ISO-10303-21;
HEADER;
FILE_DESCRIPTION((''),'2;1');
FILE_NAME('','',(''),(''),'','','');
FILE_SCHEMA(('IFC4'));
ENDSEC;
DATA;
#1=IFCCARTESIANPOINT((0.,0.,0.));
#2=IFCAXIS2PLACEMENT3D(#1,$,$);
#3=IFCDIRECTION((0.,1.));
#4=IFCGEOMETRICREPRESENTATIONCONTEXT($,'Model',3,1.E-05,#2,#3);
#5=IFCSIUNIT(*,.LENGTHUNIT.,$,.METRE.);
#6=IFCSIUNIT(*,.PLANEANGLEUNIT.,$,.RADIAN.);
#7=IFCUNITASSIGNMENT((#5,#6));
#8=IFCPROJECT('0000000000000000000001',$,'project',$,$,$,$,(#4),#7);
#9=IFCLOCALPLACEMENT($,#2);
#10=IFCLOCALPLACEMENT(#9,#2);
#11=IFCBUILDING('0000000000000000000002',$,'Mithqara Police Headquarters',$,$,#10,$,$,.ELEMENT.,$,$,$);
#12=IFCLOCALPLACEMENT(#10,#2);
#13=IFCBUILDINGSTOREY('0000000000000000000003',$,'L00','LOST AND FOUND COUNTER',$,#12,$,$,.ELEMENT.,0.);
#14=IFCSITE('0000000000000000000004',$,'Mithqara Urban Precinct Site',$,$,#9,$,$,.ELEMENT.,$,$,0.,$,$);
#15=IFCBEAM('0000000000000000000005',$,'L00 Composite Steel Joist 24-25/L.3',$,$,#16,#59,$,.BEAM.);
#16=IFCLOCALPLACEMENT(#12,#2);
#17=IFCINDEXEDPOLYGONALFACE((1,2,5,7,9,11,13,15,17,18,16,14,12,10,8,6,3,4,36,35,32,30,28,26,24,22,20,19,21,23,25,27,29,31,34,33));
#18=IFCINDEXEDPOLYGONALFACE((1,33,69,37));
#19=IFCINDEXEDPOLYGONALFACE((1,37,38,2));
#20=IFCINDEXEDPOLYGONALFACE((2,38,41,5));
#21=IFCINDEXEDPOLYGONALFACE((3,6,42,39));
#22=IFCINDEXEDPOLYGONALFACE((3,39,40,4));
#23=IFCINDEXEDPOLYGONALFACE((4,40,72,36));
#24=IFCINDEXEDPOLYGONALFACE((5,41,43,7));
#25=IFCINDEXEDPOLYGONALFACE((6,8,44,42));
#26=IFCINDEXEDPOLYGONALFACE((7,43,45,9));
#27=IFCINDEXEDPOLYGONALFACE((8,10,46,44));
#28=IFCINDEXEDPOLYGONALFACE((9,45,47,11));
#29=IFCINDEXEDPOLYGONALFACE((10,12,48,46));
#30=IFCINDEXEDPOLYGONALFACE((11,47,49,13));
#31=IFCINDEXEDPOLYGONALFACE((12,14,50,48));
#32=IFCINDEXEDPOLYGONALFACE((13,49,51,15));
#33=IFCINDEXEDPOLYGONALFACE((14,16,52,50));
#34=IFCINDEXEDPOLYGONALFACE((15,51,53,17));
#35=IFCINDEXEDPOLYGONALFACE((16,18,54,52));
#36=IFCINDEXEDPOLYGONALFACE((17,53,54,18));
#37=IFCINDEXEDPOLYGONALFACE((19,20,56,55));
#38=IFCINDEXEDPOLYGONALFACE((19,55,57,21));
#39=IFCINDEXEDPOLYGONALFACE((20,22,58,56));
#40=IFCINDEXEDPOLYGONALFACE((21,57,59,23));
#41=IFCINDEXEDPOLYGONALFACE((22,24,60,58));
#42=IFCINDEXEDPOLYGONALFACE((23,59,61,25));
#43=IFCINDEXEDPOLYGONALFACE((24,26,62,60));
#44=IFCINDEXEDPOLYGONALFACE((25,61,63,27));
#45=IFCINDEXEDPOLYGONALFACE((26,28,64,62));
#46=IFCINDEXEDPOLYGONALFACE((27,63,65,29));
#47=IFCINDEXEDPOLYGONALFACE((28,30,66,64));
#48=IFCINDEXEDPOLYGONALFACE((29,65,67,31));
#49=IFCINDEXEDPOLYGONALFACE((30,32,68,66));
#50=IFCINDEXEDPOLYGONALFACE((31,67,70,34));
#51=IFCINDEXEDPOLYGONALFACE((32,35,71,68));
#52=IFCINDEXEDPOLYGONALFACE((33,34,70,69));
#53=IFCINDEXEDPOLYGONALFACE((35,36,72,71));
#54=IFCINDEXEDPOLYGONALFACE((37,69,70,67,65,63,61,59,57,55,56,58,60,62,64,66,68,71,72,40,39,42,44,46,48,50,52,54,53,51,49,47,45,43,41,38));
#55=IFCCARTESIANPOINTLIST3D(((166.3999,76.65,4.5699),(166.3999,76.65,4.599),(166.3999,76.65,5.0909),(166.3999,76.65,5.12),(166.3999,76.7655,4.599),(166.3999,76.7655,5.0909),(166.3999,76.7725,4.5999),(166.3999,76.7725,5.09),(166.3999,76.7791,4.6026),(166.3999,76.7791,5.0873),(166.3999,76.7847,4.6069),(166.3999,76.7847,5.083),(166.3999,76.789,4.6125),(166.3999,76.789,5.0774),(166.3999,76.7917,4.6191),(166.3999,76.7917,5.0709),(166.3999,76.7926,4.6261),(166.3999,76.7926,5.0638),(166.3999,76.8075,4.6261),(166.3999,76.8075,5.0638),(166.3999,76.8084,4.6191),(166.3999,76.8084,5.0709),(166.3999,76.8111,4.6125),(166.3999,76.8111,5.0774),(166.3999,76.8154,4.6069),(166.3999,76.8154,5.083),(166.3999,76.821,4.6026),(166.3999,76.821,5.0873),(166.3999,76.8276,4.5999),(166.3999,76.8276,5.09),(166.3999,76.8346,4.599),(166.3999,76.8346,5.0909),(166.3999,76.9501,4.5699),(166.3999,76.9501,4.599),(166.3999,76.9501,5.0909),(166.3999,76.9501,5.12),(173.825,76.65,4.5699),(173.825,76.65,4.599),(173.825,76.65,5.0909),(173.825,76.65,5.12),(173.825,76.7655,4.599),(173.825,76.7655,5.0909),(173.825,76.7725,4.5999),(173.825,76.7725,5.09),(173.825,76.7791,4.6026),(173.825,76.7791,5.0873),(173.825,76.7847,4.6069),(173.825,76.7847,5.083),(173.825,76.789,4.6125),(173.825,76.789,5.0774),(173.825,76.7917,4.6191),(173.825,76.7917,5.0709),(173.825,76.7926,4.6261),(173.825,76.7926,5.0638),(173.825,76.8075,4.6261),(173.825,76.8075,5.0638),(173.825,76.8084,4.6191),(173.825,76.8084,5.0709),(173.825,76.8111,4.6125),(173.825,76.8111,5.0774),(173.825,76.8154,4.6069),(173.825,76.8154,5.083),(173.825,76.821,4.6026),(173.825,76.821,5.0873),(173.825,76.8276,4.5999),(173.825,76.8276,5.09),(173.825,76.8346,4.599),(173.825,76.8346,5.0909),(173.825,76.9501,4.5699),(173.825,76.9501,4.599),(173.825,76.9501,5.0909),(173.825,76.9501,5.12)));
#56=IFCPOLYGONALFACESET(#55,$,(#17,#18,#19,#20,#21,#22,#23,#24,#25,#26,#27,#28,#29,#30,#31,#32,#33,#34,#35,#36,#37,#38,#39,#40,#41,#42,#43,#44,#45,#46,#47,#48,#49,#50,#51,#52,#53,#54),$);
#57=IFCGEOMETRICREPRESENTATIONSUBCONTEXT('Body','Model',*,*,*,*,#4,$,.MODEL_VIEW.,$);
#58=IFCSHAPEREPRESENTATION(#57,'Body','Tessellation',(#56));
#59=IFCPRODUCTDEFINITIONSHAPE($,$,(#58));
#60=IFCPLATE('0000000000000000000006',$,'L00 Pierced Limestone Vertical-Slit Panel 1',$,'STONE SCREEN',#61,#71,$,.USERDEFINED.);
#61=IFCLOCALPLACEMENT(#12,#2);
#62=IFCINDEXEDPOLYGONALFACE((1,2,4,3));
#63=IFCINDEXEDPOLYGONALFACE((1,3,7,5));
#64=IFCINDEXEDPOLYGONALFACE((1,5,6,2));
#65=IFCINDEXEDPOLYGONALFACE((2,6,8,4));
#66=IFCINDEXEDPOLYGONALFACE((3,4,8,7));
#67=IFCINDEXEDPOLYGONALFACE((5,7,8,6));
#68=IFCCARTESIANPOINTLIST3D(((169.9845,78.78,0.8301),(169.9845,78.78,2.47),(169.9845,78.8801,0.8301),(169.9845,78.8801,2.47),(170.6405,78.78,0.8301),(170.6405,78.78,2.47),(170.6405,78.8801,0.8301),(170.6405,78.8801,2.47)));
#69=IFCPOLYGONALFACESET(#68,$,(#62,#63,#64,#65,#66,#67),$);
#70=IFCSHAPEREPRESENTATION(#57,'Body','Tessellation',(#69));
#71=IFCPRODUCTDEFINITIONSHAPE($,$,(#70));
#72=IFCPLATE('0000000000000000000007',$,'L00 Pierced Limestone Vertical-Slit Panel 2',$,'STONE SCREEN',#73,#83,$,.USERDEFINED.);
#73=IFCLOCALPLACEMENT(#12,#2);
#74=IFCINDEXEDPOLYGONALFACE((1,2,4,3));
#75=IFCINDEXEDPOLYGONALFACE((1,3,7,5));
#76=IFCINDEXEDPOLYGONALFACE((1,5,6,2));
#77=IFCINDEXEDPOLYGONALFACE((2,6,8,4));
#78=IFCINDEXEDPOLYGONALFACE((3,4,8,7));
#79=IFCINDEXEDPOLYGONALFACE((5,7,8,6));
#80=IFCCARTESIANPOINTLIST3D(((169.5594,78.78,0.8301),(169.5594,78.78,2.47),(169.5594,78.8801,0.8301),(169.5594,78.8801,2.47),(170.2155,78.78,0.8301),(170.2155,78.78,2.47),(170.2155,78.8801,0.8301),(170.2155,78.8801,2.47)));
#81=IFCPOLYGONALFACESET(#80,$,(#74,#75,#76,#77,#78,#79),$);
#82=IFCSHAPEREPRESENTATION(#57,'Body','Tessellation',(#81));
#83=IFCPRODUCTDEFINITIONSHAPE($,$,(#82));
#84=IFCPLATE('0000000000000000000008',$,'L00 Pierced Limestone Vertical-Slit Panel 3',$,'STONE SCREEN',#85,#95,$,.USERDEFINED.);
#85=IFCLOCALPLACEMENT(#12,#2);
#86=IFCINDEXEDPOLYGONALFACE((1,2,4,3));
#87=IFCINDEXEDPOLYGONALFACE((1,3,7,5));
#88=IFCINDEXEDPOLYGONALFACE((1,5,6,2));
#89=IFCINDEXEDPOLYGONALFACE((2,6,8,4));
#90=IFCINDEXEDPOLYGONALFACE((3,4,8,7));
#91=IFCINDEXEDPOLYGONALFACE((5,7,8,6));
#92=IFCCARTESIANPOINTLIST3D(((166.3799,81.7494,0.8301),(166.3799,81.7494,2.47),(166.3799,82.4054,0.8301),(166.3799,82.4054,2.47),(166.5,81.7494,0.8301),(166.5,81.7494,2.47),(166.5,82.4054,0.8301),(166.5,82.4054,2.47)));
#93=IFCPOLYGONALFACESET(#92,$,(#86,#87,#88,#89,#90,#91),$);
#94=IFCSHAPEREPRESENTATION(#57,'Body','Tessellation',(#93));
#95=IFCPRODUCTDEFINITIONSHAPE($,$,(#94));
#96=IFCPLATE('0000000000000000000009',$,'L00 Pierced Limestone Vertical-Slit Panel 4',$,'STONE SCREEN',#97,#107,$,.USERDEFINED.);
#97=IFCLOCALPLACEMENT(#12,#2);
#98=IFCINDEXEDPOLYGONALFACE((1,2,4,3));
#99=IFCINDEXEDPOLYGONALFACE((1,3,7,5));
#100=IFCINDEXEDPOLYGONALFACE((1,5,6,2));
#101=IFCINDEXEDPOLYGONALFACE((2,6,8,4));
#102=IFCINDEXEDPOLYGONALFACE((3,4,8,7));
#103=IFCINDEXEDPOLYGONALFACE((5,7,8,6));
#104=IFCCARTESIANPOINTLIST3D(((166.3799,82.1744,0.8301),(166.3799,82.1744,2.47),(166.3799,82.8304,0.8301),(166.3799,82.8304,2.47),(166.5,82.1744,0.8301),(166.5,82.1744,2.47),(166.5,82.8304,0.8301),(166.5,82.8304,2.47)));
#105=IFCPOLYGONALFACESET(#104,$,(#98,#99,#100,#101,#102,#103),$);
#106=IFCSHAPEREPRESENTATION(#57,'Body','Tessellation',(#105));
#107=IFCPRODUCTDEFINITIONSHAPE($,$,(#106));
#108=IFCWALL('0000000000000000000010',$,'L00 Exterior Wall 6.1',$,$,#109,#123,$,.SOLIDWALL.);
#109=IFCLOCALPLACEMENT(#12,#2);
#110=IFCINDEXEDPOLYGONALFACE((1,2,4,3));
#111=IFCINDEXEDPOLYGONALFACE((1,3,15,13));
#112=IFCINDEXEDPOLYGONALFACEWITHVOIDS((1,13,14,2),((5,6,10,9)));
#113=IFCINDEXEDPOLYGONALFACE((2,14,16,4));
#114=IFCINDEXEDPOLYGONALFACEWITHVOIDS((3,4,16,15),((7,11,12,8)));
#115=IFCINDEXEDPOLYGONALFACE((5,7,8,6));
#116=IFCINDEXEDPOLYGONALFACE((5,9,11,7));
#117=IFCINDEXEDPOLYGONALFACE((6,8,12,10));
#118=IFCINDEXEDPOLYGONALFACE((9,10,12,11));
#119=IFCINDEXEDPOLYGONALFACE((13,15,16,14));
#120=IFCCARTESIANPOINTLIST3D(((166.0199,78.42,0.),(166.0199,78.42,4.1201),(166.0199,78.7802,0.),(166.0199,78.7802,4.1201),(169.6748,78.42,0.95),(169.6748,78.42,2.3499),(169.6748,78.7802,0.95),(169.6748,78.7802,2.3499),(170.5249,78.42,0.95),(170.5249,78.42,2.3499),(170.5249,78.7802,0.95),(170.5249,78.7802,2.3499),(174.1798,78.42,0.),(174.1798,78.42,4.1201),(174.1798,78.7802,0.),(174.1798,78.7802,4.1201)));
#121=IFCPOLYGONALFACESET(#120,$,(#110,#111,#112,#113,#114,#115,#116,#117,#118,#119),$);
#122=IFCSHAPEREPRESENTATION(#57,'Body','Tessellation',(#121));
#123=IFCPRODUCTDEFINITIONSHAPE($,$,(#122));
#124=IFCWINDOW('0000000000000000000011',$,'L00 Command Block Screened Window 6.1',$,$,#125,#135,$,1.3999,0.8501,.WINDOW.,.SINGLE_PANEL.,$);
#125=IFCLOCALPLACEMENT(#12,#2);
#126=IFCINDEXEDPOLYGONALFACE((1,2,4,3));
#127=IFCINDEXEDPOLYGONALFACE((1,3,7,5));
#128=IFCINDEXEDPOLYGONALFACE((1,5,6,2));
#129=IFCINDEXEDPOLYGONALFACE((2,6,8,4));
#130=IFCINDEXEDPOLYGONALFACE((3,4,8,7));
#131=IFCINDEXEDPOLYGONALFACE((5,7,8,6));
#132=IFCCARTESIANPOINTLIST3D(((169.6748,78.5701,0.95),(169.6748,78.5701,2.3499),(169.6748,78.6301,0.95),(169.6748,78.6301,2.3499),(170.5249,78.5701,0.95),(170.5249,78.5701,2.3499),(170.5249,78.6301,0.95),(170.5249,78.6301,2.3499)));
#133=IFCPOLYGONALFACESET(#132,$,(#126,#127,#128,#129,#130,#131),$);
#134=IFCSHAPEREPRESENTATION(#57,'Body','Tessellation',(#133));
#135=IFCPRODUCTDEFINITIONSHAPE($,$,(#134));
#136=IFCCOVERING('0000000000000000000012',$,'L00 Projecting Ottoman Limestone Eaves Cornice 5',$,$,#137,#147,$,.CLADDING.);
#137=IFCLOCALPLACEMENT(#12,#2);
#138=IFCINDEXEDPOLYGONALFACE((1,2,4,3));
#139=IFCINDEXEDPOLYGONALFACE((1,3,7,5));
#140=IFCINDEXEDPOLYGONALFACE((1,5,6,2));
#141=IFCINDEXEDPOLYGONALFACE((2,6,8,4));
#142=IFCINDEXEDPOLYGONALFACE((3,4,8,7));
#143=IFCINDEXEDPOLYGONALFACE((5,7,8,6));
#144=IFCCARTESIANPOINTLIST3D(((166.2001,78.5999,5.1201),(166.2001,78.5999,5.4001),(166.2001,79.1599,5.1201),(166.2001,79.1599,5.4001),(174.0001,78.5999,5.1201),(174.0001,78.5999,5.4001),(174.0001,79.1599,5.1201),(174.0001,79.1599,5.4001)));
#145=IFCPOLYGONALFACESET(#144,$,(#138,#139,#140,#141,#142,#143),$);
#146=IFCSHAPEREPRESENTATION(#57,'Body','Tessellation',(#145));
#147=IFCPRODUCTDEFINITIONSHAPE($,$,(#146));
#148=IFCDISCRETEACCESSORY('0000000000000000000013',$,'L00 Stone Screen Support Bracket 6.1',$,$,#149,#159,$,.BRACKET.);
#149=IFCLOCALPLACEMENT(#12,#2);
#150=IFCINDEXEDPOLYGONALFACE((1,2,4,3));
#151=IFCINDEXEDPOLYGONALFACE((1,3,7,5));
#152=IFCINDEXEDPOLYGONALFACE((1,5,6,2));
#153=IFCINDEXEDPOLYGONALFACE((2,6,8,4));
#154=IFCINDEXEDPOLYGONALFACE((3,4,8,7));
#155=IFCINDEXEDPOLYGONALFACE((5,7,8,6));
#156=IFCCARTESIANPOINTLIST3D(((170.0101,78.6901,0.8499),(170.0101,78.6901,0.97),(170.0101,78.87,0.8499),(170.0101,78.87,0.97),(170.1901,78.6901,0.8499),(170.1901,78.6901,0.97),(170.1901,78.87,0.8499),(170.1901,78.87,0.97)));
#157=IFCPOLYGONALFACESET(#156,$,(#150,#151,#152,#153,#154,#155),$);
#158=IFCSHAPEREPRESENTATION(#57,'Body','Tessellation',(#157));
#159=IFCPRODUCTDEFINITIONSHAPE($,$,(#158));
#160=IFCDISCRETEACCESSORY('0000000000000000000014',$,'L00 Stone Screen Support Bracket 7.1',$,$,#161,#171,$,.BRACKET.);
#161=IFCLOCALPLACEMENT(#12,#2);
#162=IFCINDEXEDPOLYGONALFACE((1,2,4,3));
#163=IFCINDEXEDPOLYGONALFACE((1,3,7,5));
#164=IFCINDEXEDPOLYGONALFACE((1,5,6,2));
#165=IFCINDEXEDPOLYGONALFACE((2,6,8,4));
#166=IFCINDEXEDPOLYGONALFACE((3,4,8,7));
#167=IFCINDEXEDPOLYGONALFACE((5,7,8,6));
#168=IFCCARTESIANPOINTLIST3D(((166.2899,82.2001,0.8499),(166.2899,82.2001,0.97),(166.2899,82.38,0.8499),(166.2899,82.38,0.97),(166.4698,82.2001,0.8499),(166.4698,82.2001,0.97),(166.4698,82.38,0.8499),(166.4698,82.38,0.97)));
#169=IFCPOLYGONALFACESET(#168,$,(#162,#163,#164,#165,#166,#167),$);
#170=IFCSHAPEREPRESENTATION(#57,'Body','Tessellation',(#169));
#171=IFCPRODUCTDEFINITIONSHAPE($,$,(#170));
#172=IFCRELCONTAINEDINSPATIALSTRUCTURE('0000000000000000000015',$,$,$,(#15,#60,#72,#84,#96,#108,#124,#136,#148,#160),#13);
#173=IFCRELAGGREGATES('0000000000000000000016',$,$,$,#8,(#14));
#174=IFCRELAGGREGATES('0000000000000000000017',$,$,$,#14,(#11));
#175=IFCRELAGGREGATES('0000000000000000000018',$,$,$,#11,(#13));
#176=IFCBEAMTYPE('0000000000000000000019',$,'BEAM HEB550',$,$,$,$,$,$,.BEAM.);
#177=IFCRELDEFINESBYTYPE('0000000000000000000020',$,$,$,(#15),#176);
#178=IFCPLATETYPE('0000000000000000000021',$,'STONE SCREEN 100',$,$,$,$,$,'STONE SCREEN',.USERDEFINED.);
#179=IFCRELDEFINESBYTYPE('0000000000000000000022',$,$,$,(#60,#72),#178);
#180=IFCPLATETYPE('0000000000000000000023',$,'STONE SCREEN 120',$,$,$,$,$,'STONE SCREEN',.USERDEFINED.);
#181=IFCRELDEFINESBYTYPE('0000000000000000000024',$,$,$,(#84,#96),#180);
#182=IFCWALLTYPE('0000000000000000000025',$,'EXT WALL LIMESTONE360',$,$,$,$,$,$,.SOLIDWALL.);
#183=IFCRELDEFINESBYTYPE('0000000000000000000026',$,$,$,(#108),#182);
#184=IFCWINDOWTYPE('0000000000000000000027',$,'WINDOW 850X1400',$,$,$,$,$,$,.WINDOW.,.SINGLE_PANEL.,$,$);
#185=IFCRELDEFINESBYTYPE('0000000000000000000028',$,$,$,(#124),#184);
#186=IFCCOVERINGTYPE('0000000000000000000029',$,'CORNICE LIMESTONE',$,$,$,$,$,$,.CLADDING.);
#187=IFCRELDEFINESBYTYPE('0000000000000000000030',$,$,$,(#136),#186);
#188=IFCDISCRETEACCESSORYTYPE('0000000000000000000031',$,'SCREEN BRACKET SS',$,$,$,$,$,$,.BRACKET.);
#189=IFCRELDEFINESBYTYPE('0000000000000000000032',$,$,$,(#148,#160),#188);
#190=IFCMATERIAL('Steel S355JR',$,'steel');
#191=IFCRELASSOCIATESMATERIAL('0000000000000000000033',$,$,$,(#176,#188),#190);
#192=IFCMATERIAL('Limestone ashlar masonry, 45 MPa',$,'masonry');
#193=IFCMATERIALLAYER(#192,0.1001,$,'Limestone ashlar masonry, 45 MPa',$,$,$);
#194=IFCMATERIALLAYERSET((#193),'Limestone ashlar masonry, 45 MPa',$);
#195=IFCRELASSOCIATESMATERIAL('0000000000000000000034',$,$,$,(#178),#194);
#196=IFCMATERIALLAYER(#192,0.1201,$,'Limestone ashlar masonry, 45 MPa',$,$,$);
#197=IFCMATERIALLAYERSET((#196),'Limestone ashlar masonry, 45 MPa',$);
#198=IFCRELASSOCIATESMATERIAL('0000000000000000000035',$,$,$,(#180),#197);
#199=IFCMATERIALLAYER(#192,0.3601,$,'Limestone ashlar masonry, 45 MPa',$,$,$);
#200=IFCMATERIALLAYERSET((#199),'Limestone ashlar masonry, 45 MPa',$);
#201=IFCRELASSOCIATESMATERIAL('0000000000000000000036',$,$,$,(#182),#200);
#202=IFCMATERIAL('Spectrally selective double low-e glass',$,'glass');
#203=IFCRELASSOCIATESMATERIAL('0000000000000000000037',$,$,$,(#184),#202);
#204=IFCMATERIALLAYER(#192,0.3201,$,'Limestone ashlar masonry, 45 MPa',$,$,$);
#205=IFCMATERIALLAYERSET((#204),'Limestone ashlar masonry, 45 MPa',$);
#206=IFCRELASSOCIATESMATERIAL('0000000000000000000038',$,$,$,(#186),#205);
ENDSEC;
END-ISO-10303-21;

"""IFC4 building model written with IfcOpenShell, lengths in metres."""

from ifc_helpers import new_model, si_unit, direction, frame, frame_2d, origin, origin_2d, place, context, subcontext, project, spatial, rectangle, i_section, extrude, material, layer, layer_set, material_profile, profile_set, type_object, element, fill, save


model = new_model("IFC4")

# Units and contexts
model_context = context("Model", 3, precision=1e-05, world=origin(), true_north=direction((0.0, 1.0)))
body_context = subcontext(model_context, "Body", "Model", "MODEL_VIEW")
ifc_project = project(units=[si_unit("LENGTHUNIT", "METRE"), si_unit("PLANEANGLEUNIT", "RADIAN")], contexts=[model_context])

# Site, building, storey
site_placement = place(None, origin())
site = spatial("IfcSite", under=ifc_project, at=site_placement, Name="Mithqara Urban Precinct Site", CompositionType="ELEMENT", RefElevation=0.0)
building_placement = place(site_placement, origin())
building = spatial("IfcBuilding", under=site, at=building_placement, Name="Mithqara Police Headquarters", CompositionType="ELEMENT")
storey_placement = place(building_placement, origin())
storey = spatial("IfcBuildingStorey", under=building, at=storey_placement, Name="L00", Description="LOST AND FOUND COUNTER", CompositionType="ELEMENT", Elevation=0.0)

# Beam
ifc_material_1 = material(Name="Steel S355JR", Category="steel")
ifc_material_profile_1 = material_profile(ifc_material_1, i_section(OverallWidth=0.3, OverallDepth=0.55, WebThickness=0.0149, FlangeThickness=0.0291, FilletRadius=0.0271, at=origin_2d()), Name="HEB 550")
ifc_profile_set_1 = profile_set([ifc_material_profile_1], Name="Steel S355JR")
beam_type = type_object("IfcBeamType", Name="BEAM HEB550", PredefinedType="BEAM", material=ifc_profile_set_1)
for number, where, z_axis, x_axis, name in (
    (1, (166.3999, 76.8, 4.845), (1.0, 0.0, 0.0), (0.0, 1.0, 0.0), "L00 Composite Steel Joist 24-25/L.3"),
):
    element("IfcBeam", number, at=place(storey_placement, frame(where, z_axis=z_axis, x_axis=x_axis)), inside=storey, type_object=beam_type, Name=name, PredefinedType="BEAM", context=body_context, shape_type="SweptSolid", body=[
        extrude(i_section(OverallWidth=0.3, OverallDepth=0.55, WebThickness=0.0149, FlangeThickness=0.0291, FilletRadius=0.0271, at=origin_2d()), origin(), (0.0, 0.0, 1.0), 7.425),
    ])

# Plates
ifc_material_2 = material(Name="Limestone ashlar masonry, 45 MPa", Category="masonry")
ifc_layer_1 = layer(ifc_material_2, 0.1001, Name="Limestone ashlar masonry, 45 MPa")
ifc_layer_set_1 = layer_set([ifc_layer_1], Name="Limestone ashlar masonry, 45 MPa")
plate_type_1 = type_object("IfcPlateType", Name="STONE SCREEN 100", ElementType="STONE SCREEN", PredefinedType="USERDEFINED", material=ifc_layer_set_1)
for number, where, z_axis, x_axis, name in (
    (2, (170.3125, 78.8301, 0.8301), (0.0, 0.0, 1.0), (1.0, 0.0, 0.0), "L00 Pierced Limestone Vertical-Slit Panel 1"),
    (3, (169.8875, 78.8301, 0.8301), (0.0, 0.0, 1.0), (1.0, 0.0, 0.0), "L00 Pierced Limestone Vertical-Slit Panel 2"),
):
    element("IfcPlate", number, at=place(storey_placement, frame(where, z_axis=z_axis, x_axis=x_axis)), inside=storey, type_object=plate_type_1, Name=name, ObjectType="STONE SCREEN", PredefinedType="USERDEFINED", context=body_context, shape_type="SweptSolid", body=[
        extrude(rectangle(XDim=0.656, YDim=0.1001, at=origin_2d()), origin(), (0.0, 0.0, 1.0), 1.6399),
    ])
ifc_layer_2 = layer(ifc_material_2, 0.1201, Name="Limestone ashlar masonry, 45 MPa")
ifc_layer_set_2 = layer_set([ifc_layer_2], Name="Limestone ashlar masonry, 45 MPa")
plate_type_2 = type_object("IfcPlateType", Name="STONE SCREEN 120", ElementType="STONE SCREEN", PredefinedType="USERDEFINED", material=ifc_layer_set_2)
for number, where, z_axis, x_axis, name in (
    (4, (166.4399, 82.0774, 0.8301), (0.0, 0.0, 1.0), (0.0, 1.0, 0.0), "L00 Pierced Limestone Vertical-Slit Panel 3"),
    (5, (166.4399, 82.5024, 0.8301), (0.0, 0.0, 1.0), (0.0, 1.0, 0.0), "L00 Pierced Limestone Vertical-Slit Panel 4"),
):
    element("IfcPlate", number, at=place(storey_placement, frame(where, z_axis=z_axis, x_axis=x_axis)), inside=storey, type_object=plate_type_2, Name=name, ObjectType="STONE SCREEN", PredefinedType="USERDEFINED", context=body_context, shape_type="SweptSolid", body=[
        extrude(rectangle(XDim=0.656, YDim=0.1201, at=origin_2d()), origin(), (0.0, 0.0, 1.0), 1.6399),
    ])

# Wall, opening, window
ifc_layer_3 = layer(ifc_material_2, 0.3601, Name="Limestone ashlar masonry, 45 MPa")
ifc_layer_set_3 = layer_set([ifc_layer_3], Name="Limestone ashlar masonry, 45 MPa")
wall_type = type_object("IfcWallType", Name="EXT WALL LIMESTONE360", PredefinedType="SOLIDWALL", material=ifc_layer_set_3)
wall_placement = place(storey_placement, frame((174.1799, 78.6001, 0.0), z_axis=(0.0, 0.0, 1.0), x_axis=(-1.0, 0.0, 0.0)))
wall = element("IfcWall", 6, at=wall_placement, inside=storey, type_object=wall_type, Name="L00 Exterior Wall 6.1", PredefinedType="SOLIDWALL", context=body_context, shape_type="SweptSolid", body=[
    extrude(rectangle(XDim=8.1599, YDim=0.3601, at=frame_2d((4.0801, 0.0))), origin(), (0.0, 0.0, 1.0), 4.1201),
])
opening_placement = place(wall_placement, frame((3.655, 0.0, 0.95)))
opening = element("IfcOpeningElement", 7, at=opening_placement, cuts=wall, PredefinedType="OPENING", context=body_context, shape_type="SweptSolid", body=[
    extrude(rectangle(XDim=0.8501, YDim=1.3999, at=frame_2d((0.425, 0.7))), frame((0.0, 0.1899, 0.0), z_axis=(0.0, -1.0, 0.0), x_axis=(1.0, 0.0, 0.0)), (0.0, 0.0, 1.0), 0.3801),
])
ifc_material_3 = material(Name="Spectrally selective double low-e glass", Category="glass")
window_type = type_object("IfcWindowType", Name="WINDOW 850X1400", PartitioningType="SINGLE_PANEL", PredefinedType="WINDOW", material=ifc_material_3)
window_placement = place(opening_placement, origin())
window = element("IfcWindow", 8, at=window_placement, inside=storey, type_object=window_type, Name="L00 Command Block Screened Window 6.1", OverallHeight=1.3999, OverallWidth=0.8501, PartitioningType="SINGLE_PANEL", PredefinedType="WINDOW", context=body_context, shape_type="SweptSolid", body=[
    extrude(rectangle(XDim=0.8501, YDim=1.3999, at=frame_2d((0.425, 0.7))), frame((0.0, 0.03, 0.0), z_axis=(0.0, -1.0, 0.0), x_axis=(1.0, 0.0, 0.0)), (0.0, 0.0, 1.0), 0.0601),
])
fill(opening, window)

# Covering
ifc_layer_4 = layer(ifc_material_2, 0.3201, Name="Limestone ashlar masonry, 45 MPa")
ifc_layer_set_4 = layer_set([ifc_layer_4], Name="Limestone ashlar masonry, 45 MPa")
covering_type = type_object("IfcCoveringType", Name="CORNICE LIMESTONE", PredefinedType="CLADDING", material=ifc_layer_set_4)
covering_placement = place(storey_placement, frame((170.1001, 78.8799, 5.1201), z_axis=(0.0, 0.0, 1.0), x_axis=(1.0, 0.0, 0.0)))
element("IfcCovering", 9, at=covering_placement, inside=storey, type_object=covering_type, Name="L00 Projecting Ottoman Limestone Eaves Cornice 5", PredefinedType="CLADDING", context=body_context, shape_type="SweptSolid", body=[
    extrude(rectangle(XDim=7.8, YDim=0.5601, at=origin_2d()), origin(), (0.0, 0.0, 1.0), 0.28),
])

# Discrete accessories
discrete_accessory_type = type_object("IfcDiscreteAccessoryType", Name="SCREEN BRACKET SS", PredefinedType="BRACKET", material=ifc_material_1)
for number, where, z_axis, x_axis, name in (
    (10, (170.1001, 78.78, 0.8499), (0.0, 0.0, 1.0), (1.0, 0.0, 0.0), "L00 Stone Screen Support Bracket 6.1"),
    (11, (166.3799, 82.29, 0.8499), (0.0, 0.0, 1.0), (0.0, 1.0, 0.0), "L00 Stone Screen Support Bracket 7.1"),
):
    element("IfcDiscreteAccessory", number, at=place(storey_placement, frame(where, z_axis=z_axis, x_axis=x_axis)), inside=storey, type_object=discrete_accessory_type, Name=name, PredefinedType="BRACKET", context=body_context, shape_type="SweptSolid", body=[
        extrude(rectangle(XDim=0.1799, YDim=0.1799, at=origin_2d()), origin(), (0.0, 0.0, 1.0), 0.1201),
    ])

save(model, "model.ifc")
